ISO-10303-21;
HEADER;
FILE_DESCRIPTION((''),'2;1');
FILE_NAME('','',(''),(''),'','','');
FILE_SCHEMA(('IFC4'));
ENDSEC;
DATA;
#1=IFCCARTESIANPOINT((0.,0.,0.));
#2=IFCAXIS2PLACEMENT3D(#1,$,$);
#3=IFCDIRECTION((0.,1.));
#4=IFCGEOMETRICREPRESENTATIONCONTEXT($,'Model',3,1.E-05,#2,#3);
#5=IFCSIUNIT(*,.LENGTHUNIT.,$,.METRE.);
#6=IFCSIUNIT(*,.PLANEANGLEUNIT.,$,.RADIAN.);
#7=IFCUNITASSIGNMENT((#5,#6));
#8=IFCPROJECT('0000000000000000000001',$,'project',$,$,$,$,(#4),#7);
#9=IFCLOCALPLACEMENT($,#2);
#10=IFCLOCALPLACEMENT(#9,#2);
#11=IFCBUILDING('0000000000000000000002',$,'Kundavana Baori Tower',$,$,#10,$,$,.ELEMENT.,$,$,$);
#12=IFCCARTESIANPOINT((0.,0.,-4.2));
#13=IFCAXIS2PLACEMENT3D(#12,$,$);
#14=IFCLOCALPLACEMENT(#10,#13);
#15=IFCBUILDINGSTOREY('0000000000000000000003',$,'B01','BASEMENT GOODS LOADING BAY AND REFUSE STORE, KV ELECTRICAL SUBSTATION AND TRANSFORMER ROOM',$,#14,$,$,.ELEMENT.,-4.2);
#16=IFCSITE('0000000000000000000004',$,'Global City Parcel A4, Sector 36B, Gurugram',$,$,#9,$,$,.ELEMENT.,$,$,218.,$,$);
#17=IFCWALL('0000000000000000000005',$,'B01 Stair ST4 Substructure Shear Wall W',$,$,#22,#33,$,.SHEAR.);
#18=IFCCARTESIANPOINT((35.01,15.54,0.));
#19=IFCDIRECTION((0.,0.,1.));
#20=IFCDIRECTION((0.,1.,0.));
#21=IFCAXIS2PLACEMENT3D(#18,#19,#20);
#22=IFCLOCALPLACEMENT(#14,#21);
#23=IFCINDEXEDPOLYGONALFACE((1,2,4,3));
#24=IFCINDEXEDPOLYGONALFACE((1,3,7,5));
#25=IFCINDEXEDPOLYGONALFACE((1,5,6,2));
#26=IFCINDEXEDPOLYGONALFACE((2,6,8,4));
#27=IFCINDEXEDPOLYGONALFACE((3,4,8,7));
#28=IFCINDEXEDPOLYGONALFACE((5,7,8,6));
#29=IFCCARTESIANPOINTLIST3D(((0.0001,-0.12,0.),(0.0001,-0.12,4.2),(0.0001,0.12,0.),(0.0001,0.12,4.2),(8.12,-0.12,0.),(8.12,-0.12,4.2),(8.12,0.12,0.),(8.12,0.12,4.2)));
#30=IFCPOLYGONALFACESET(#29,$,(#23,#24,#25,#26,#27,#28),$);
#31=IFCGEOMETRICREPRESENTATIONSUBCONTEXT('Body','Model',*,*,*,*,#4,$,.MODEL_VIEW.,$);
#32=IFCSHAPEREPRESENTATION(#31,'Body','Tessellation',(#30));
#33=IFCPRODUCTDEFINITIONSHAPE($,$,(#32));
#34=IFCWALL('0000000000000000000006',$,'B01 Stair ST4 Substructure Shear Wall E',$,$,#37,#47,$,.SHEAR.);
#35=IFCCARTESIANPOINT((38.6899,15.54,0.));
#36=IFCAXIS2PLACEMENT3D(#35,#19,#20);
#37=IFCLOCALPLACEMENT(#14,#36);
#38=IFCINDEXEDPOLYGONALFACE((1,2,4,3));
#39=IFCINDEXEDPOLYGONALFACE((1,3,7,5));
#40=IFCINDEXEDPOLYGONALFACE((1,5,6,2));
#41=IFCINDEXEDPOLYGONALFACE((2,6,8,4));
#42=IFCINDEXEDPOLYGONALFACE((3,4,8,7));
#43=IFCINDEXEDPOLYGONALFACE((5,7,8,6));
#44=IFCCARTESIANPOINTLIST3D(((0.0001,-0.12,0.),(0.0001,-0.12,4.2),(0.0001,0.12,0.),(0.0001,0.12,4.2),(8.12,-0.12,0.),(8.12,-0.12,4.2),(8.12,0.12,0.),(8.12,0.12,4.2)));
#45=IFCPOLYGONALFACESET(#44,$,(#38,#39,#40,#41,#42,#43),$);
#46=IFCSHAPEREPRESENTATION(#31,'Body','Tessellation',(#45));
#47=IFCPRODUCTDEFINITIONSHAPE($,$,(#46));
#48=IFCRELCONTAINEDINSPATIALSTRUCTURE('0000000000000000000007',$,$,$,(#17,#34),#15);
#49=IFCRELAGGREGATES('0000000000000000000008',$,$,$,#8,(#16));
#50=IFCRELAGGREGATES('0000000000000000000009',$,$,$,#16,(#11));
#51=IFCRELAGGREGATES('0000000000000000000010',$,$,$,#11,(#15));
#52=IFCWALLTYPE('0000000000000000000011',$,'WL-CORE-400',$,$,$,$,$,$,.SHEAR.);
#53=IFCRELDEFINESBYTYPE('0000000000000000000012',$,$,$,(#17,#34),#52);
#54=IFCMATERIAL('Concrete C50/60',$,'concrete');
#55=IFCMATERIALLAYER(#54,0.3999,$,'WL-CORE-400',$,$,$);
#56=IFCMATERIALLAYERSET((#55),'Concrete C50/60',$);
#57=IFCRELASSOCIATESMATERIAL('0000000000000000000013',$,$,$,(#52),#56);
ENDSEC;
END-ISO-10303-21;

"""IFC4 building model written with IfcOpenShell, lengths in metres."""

from ifc_helpers import new_model, si_unit, direction, frame, frame_2d, origin, place, context, subcontext, project, spatial, rectangle, extrude, material, layer, layer_set, type_object, element, save


model = new_model("IFC4")

# Units and contexts
model_context = context("Model", 3, precision=1e-05, world=origin(), true_north=direction((0.0, 1.0)))
body_context = subcontext(model_context, "Body", "Model", "MODEL_VIEW")
ifc_project = project(units=[si_unit("LENGTHUNIT", "METRE"), si_unit("PLANEANGLEUNIT", "RADIAN")], contexts=[model_context])

# Site, building, storey
site_placement = place(None, origin())
site = spatial("IfcSite", under=ifc_project, at=site_placement, Name="Global City Parcel A4, Sector 36B, Gurugram", CompositionType="ELEMENT", RefElevation=218.0)
building_placement = place(site_placement, origin())
building = spatial("IfcBuilding", under=site, at=building_placement, Name="Kundavana Baori Tower", CompositionType="ELEMENT")
storey_placement = place(building_placement, frame((0.0, 0.0, -4.2)))
storey = spatial("IfcBuildingStorey", under=building, at=storey_placement, Name="B01", Description="BASEMENT GOODS LOADING BAY AND REFUSE STORE, KV ELECTRICAL SUBSTATION AND TRANSFORMER ROOM", CompositionType="ELEMENT", Elevation=-4.2)

# Walls
ifc_material_1 = material(Name="Concrete C50/60", Category="concrete")
ifc_layer_1 = layer(ifc_material_1, 0.3999, Name="WL-CORE-400")
ifc_layer_set_1 = layer_set([ifc_layer_1], Name="Concrete C50/60")
wall_type_1 = type_object("IfcWallType", Name="WL-CORE-400", PredefinedType="SHEAR", material=ifc_layer_set_1)
for number, where, z_axis, x_axis, name in (
    (1, (35.01, 15.54, 0.0), (0.0, 0.0, 1.0), (0.0, 1.0, 0.0), "B01 Stair ST4 Substructure Shear Wall W"),
    (2, (38.6899, 15.54, 0.0), (0.0, 0.0, 1.0), (0.0, 1.0, 0.0), "B01 Stair ST4 Substructure Shear Wall E"),
):
    element("IfcWall", number, at=place(storey_placement, frame(where, z_axis=z_axis, x_axis=x_axis)), inside=storey, type_object=wall_type_1, Name=name, PredefinedType="SHEAR", context=body_context, shape_type="SweptSolid", body=[
        extrude(rectangle(XDim=8.1199, YDim=0.24, at=frame_2d((4.0601, 0.0))), origin(), (0.0, 0.0, 1.0), 4.2),
    ])

save(model, "model.ifc")
